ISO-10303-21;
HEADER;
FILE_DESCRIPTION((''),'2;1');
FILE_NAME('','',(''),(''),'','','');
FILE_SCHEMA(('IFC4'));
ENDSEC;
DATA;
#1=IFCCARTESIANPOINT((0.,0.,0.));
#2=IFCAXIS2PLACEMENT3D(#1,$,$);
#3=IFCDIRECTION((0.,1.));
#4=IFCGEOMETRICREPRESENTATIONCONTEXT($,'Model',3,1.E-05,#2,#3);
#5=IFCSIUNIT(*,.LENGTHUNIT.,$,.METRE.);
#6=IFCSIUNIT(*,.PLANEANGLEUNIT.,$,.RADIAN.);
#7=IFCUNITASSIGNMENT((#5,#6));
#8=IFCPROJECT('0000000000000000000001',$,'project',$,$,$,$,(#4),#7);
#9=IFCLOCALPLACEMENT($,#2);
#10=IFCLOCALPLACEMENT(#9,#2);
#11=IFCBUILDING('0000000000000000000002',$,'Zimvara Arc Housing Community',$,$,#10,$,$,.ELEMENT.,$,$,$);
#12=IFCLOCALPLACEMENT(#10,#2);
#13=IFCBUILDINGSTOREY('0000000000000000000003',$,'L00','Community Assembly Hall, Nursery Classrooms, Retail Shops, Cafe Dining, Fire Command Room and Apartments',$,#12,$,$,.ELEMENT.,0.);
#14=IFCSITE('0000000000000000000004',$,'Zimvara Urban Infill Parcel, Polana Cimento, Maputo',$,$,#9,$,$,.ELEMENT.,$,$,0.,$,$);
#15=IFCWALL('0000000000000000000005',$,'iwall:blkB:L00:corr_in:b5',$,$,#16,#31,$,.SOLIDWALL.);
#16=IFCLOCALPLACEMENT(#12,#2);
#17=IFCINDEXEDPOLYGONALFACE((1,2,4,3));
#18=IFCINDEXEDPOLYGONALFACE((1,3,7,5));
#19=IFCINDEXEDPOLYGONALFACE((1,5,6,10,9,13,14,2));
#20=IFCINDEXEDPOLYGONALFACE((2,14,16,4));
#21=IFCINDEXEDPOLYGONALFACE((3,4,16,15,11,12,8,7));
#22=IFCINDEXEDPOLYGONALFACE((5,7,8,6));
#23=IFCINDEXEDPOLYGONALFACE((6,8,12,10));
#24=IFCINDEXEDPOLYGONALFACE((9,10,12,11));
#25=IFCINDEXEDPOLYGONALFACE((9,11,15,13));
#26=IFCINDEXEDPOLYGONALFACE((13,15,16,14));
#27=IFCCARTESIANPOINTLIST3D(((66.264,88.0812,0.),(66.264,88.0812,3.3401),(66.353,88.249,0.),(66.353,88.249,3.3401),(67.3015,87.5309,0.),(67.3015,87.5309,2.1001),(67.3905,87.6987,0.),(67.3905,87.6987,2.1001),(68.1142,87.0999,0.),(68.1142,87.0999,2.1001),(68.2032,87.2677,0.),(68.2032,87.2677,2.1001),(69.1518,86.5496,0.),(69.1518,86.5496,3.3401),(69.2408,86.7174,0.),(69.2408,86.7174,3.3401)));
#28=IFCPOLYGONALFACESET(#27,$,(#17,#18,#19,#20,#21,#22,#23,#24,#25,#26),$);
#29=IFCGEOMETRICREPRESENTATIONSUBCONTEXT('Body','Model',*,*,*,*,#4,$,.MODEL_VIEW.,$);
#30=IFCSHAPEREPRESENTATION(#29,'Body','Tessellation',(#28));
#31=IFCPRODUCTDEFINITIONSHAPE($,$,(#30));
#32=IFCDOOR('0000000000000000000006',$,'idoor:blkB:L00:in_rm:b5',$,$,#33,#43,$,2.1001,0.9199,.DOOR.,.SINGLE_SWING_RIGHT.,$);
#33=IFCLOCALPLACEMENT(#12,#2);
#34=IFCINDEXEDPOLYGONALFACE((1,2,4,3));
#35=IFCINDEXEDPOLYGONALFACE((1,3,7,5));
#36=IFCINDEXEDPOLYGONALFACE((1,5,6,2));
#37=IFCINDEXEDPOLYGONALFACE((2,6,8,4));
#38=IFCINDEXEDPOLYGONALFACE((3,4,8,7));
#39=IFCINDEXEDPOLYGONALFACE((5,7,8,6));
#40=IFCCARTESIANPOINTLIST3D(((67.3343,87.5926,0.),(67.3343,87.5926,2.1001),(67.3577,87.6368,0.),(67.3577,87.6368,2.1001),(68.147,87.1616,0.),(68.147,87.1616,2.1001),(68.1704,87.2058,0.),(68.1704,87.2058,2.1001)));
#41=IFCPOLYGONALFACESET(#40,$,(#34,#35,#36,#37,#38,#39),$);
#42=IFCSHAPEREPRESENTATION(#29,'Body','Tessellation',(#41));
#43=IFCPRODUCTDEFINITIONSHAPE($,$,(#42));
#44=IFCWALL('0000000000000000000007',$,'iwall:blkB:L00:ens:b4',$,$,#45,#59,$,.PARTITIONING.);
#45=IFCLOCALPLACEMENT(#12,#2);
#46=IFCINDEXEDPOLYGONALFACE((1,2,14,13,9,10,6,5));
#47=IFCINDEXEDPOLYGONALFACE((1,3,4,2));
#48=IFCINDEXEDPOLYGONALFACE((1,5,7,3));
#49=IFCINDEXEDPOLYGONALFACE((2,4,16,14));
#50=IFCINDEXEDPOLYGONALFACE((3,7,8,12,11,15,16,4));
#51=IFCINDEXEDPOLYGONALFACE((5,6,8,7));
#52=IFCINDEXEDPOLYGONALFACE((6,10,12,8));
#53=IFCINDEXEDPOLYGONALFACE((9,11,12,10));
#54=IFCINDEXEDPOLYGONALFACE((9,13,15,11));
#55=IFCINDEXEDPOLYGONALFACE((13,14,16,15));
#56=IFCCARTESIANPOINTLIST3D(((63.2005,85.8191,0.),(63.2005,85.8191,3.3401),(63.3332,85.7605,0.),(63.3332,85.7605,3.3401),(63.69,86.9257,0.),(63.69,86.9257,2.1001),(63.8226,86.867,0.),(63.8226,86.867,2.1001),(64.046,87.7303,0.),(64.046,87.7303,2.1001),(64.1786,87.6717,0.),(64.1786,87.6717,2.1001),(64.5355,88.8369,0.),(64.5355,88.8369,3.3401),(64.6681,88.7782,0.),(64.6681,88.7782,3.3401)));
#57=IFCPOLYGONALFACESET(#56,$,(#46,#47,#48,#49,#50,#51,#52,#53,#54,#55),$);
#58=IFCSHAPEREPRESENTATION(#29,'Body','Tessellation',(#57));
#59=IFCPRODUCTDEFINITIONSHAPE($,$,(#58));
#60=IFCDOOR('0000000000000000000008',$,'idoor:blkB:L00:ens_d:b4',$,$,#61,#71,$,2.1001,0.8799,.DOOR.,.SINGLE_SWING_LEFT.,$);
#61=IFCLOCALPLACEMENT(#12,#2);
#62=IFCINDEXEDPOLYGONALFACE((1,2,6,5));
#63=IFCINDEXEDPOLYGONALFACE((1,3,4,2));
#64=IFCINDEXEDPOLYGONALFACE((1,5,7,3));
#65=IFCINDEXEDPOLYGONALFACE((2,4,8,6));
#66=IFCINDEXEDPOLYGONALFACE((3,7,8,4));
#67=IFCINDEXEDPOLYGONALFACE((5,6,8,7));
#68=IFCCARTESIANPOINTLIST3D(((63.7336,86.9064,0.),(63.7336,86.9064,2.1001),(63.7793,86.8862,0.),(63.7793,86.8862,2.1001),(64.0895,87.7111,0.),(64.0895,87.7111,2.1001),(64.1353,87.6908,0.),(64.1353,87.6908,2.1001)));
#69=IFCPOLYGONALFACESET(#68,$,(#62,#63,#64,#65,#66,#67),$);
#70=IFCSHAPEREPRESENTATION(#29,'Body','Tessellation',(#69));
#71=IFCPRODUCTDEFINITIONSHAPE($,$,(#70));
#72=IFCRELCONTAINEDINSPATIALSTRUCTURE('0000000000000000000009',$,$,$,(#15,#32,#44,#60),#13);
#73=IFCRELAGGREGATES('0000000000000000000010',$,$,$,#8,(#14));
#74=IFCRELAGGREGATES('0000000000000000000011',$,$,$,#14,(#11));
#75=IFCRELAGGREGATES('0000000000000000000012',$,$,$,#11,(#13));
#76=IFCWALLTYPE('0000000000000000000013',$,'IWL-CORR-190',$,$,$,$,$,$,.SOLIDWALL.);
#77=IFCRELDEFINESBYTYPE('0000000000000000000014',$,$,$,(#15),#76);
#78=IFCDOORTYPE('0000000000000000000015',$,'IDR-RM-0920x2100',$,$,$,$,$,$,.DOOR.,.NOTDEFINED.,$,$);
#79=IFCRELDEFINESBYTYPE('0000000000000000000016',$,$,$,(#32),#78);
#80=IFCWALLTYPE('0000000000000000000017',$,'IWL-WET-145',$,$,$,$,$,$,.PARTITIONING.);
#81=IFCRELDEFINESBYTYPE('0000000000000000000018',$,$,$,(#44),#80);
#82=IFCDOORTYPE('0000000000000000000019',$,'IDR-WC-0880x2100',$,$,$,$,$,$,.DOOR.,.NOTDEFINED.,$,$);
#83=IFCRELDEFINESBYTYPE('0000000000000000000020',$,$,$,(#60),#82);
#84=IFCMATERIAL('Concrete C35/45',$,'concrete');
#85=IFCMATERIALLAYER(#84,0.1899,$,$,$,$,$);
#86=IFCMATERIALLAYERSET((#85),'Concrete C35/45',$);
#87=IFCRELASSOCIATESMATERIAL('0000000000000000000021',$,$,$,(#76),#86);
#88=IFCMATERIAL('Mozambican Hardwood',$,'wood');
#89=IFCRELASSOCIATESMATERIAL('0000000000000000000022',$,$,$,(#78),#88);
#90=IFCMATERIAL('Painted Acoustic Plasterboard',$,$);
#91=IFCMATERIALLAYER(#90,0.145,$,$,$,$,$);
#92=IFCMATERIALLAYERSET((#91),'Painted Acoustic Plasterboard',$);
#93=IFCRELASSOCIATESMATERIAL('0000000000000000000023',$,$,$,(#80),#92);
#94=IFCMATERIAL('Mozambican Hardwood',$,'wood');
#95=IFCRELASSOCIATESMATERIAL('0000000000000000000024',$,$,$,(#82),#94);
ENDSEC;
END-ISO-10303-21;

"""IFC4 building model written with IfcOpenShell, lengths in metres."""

from ifc_helpers import new_model, si_unit, direction, frame, frame_2d, origin, place, context, subcontext, project, spatial, rectangle, extrude, material, layer, layer_set, type_object, element, fill, save


model = new_model("IFC4")

# Units and contexts
model_context = context("Model", 3, precision=1e-05, world=origin(), true_north=direction((0.0, 1.0)))
body_context = subcontext(model_context, "Body", "Model", "MODEL_VIEW")
ifc_project = project(units=[si_unit("LENGTHUNIT", "METRE"), si_unit("PLANEANGLEUNIT", "RADIAN")], contexts=[model_context])

# Site, building, storey
site_placement = place(None, origin())
site = spatial("IfcSite", under=ifc_project, at=site_placement, Name="Zimvara Urban Infill Parcel, Polana Cimento, Maputo", CompositionType="ELEMENT", RefElevation=0.0)
building_placement = place(site_placement, origin())
building = spatial("IfcBuilding", under=site, at=building_placement, Name="Zimvara Arc Housing Community", CompositionType="ELEMENT")
storey_placement = place(building_placement, origin())
storey = spatial("IfcBuildingStorey", under=building, at=storey_placement, Name="L00", Description="Community Assembly Hall, Nursery Classrooms, Retail Shops, Cafe Dining, Fire Command Room and Apartments", CompositionType="ELEMENT", Elevation=0.0)

# Walls, openings, doors
ifc_material_1 = material(Name="Concrete C35/45", Category="concrete")
ifc_layer_1 = layer(ifc_material_1, 0.1899)
ifc_layer_set_1 = layer_set([ifc_layer_1], Name="Concrete C35/45")
wall_type_1 = type_object("IfcWallType", Name="IWL-CORR-190", PredefinedType="SOLIDWALL", material=ifc_layer_set_1)
wall_1_placement = place(storey_placement, frame((66.3086, 88.165, 0.0), z_axis=(0.0, 0.0, 1.0), x_axis=(0.883444, -0.468536, 0.0)))
wall_1 = element("IfcWall", 1, at=wall_1_placement, inside=storey, type_object=wall_type_1, Name="iwall:blkB:L00:corr_in:b5", PredefinedType="SOLIDWALL", context=body_context, shape_type="SweptSolid", body=[
    extrude(rectangle(XDim=3.2688, YDim=0.1899, at=frame_2d((1.6343, 0.0))), origin(), (0.0, 0.0, 1.0), 3.3401),
])
opening_1_placement = place(wall_1_placement, frame((1.1743, 0.0, 0.0)))
opening_1 = element("IfcOpeningElement", 2, at=opening_1_placement, cuts=wall_1, PredefinedType="OPENING", context=body_context, shape_type="SweptSolid", body=[
    extrude(rectangle(XDim=0.9199, YDim=2.1001, at=frame_2d((0.46, 1.05))), frame((0.0, 0.105, 0.0), z_axis=(0.0, -1.0, 0.0), x_axis=(1.0, 0.0, 0.0)), (0.0, 0.0, 1.0), 0.21),
])
ifc_material_2 = material(Name="Mozambican Hardwood", Category="wood")
door_type_1 = type_object("IfcDoorType", Name="IDR-RM-0920x2100", OperationType="NOTDEFINED", PredefinedType="DOOR", material=ifc_material_2)
door_1_placement = place(opening_1_placement, origin())
door_1 = element("IfcDoor", 3, at=door_1_placement, inside=storey, type_object=door_type_1, Name="idoor:blkB:L00:in_rm:b5", OperationType="SINGLE_SWING_RIGHT", OverallHeight=2.1001, OverallWidth=0.9199, PredefinedType="DOOR", context=body_context, shape_type="SweptSolid", body=[
    extrude(rectangle(XDim=0.9199, YDim=2.1001, at=frame_2d((0.46, 1.05))), frame((0.0, 0.0249, 0.0), z_axis=(0.0, -1.0, 0.0), x_axis=(1.0, 0.0, 0.0)), (0.0, 0.0, 1.0), 0.05),
])
fill(opening_1, door_1)
ifc_material_3 = material(Name="Painted Acoustic Plasterboard")
ifc_layer_2 = layer(ifc_material_3, 0.145)
ifc_layer_set_2 = layer_set([ifc_layer_2], Name="Painted Acoustic Plasterboard")
wall_type_2 = type_object("IfcWallType", Name="IWL-WET-145", PredefinedType="PARTITIONING", material=ifc_layer_set_2)
wall_2_placement = place(storey_placement, frame((63.2668, 85.7898, 0.0), z_axis=(0.0, 0.0, 1.0), x_axis=(0.404545, 0.914518, 0.0)))
wall_2 = element("IfcWall", 4, at=wall_2_placement, inside=storey, type_object=wall_type_2, Name="iwall:blkB:L00:ens:b4", PredefinedType="PARTITIONING", context=body_context, shape_type="SweptSolid", body=[
    extrude(rectangle(XDim=3.2998, YDim=0.145, at=frame_2d((1.6499, 0.0))), origin(), (0.0, 0.0, 1.0), 3.3401),
])
opening_2_placement = place(wall_2_placement, frame((1.21, 0.0, 0.0)))
opening_2 = element("IfcOpeningElement", 5, at=opening_2_placement, cuts=wall_2, PredefinedType="OPENING", context=body_context, shape_type="SweptSolid", body=[
    extrude(rectangle(XDim=0.8799, YDim=2.1001, at=frame_2d((0.4399, 1.05))), frame((0.0, 0.0825, 0.0), z_axis=(0.0, -1.0, 0.0), x_axis=(1.0, 0.0, 0.0)), (0.0, 0.0, 1.0), 0.165),
])
ifc_material_4 = material(Name="Mozambican Hardwood", Category="wood")
door_type_2 = type_object("IfcDoorType", Name="IDR-WC-0880x2100", OperationType="NOTDEFINED", PredefinedType="DOOR", material=ifc_material_4)
door_2_placement = place(opening_2_placement, origin())
door_2 = element("IfcDoor", 6, at=door_2_placement, inside=storey, type_object=door_type_2, Name="idoor:blkB:L00:ens_d:b4", OperationType="SINGLE_SWING_LEFT", OverallHeight=2.1001, OverallWidth=0.8799, PredefinedType="DOOR", context=body_context, shape_type="SweptSolid", body=[
    extrude(rectangle(XDim=0.8799, YDim=2.1001, at=frame_2d((0.4399, 1.05))), frame((0.0, 0.0249, 0.0), z_axis=(0.0, -1.0, 0.0), x_axis=(1.0, 0.0, 0.0)), (0.0, 0.0, 1.0), 0.05),
])
fill(opening_2, door_2)

save(model, "model.ifc")
